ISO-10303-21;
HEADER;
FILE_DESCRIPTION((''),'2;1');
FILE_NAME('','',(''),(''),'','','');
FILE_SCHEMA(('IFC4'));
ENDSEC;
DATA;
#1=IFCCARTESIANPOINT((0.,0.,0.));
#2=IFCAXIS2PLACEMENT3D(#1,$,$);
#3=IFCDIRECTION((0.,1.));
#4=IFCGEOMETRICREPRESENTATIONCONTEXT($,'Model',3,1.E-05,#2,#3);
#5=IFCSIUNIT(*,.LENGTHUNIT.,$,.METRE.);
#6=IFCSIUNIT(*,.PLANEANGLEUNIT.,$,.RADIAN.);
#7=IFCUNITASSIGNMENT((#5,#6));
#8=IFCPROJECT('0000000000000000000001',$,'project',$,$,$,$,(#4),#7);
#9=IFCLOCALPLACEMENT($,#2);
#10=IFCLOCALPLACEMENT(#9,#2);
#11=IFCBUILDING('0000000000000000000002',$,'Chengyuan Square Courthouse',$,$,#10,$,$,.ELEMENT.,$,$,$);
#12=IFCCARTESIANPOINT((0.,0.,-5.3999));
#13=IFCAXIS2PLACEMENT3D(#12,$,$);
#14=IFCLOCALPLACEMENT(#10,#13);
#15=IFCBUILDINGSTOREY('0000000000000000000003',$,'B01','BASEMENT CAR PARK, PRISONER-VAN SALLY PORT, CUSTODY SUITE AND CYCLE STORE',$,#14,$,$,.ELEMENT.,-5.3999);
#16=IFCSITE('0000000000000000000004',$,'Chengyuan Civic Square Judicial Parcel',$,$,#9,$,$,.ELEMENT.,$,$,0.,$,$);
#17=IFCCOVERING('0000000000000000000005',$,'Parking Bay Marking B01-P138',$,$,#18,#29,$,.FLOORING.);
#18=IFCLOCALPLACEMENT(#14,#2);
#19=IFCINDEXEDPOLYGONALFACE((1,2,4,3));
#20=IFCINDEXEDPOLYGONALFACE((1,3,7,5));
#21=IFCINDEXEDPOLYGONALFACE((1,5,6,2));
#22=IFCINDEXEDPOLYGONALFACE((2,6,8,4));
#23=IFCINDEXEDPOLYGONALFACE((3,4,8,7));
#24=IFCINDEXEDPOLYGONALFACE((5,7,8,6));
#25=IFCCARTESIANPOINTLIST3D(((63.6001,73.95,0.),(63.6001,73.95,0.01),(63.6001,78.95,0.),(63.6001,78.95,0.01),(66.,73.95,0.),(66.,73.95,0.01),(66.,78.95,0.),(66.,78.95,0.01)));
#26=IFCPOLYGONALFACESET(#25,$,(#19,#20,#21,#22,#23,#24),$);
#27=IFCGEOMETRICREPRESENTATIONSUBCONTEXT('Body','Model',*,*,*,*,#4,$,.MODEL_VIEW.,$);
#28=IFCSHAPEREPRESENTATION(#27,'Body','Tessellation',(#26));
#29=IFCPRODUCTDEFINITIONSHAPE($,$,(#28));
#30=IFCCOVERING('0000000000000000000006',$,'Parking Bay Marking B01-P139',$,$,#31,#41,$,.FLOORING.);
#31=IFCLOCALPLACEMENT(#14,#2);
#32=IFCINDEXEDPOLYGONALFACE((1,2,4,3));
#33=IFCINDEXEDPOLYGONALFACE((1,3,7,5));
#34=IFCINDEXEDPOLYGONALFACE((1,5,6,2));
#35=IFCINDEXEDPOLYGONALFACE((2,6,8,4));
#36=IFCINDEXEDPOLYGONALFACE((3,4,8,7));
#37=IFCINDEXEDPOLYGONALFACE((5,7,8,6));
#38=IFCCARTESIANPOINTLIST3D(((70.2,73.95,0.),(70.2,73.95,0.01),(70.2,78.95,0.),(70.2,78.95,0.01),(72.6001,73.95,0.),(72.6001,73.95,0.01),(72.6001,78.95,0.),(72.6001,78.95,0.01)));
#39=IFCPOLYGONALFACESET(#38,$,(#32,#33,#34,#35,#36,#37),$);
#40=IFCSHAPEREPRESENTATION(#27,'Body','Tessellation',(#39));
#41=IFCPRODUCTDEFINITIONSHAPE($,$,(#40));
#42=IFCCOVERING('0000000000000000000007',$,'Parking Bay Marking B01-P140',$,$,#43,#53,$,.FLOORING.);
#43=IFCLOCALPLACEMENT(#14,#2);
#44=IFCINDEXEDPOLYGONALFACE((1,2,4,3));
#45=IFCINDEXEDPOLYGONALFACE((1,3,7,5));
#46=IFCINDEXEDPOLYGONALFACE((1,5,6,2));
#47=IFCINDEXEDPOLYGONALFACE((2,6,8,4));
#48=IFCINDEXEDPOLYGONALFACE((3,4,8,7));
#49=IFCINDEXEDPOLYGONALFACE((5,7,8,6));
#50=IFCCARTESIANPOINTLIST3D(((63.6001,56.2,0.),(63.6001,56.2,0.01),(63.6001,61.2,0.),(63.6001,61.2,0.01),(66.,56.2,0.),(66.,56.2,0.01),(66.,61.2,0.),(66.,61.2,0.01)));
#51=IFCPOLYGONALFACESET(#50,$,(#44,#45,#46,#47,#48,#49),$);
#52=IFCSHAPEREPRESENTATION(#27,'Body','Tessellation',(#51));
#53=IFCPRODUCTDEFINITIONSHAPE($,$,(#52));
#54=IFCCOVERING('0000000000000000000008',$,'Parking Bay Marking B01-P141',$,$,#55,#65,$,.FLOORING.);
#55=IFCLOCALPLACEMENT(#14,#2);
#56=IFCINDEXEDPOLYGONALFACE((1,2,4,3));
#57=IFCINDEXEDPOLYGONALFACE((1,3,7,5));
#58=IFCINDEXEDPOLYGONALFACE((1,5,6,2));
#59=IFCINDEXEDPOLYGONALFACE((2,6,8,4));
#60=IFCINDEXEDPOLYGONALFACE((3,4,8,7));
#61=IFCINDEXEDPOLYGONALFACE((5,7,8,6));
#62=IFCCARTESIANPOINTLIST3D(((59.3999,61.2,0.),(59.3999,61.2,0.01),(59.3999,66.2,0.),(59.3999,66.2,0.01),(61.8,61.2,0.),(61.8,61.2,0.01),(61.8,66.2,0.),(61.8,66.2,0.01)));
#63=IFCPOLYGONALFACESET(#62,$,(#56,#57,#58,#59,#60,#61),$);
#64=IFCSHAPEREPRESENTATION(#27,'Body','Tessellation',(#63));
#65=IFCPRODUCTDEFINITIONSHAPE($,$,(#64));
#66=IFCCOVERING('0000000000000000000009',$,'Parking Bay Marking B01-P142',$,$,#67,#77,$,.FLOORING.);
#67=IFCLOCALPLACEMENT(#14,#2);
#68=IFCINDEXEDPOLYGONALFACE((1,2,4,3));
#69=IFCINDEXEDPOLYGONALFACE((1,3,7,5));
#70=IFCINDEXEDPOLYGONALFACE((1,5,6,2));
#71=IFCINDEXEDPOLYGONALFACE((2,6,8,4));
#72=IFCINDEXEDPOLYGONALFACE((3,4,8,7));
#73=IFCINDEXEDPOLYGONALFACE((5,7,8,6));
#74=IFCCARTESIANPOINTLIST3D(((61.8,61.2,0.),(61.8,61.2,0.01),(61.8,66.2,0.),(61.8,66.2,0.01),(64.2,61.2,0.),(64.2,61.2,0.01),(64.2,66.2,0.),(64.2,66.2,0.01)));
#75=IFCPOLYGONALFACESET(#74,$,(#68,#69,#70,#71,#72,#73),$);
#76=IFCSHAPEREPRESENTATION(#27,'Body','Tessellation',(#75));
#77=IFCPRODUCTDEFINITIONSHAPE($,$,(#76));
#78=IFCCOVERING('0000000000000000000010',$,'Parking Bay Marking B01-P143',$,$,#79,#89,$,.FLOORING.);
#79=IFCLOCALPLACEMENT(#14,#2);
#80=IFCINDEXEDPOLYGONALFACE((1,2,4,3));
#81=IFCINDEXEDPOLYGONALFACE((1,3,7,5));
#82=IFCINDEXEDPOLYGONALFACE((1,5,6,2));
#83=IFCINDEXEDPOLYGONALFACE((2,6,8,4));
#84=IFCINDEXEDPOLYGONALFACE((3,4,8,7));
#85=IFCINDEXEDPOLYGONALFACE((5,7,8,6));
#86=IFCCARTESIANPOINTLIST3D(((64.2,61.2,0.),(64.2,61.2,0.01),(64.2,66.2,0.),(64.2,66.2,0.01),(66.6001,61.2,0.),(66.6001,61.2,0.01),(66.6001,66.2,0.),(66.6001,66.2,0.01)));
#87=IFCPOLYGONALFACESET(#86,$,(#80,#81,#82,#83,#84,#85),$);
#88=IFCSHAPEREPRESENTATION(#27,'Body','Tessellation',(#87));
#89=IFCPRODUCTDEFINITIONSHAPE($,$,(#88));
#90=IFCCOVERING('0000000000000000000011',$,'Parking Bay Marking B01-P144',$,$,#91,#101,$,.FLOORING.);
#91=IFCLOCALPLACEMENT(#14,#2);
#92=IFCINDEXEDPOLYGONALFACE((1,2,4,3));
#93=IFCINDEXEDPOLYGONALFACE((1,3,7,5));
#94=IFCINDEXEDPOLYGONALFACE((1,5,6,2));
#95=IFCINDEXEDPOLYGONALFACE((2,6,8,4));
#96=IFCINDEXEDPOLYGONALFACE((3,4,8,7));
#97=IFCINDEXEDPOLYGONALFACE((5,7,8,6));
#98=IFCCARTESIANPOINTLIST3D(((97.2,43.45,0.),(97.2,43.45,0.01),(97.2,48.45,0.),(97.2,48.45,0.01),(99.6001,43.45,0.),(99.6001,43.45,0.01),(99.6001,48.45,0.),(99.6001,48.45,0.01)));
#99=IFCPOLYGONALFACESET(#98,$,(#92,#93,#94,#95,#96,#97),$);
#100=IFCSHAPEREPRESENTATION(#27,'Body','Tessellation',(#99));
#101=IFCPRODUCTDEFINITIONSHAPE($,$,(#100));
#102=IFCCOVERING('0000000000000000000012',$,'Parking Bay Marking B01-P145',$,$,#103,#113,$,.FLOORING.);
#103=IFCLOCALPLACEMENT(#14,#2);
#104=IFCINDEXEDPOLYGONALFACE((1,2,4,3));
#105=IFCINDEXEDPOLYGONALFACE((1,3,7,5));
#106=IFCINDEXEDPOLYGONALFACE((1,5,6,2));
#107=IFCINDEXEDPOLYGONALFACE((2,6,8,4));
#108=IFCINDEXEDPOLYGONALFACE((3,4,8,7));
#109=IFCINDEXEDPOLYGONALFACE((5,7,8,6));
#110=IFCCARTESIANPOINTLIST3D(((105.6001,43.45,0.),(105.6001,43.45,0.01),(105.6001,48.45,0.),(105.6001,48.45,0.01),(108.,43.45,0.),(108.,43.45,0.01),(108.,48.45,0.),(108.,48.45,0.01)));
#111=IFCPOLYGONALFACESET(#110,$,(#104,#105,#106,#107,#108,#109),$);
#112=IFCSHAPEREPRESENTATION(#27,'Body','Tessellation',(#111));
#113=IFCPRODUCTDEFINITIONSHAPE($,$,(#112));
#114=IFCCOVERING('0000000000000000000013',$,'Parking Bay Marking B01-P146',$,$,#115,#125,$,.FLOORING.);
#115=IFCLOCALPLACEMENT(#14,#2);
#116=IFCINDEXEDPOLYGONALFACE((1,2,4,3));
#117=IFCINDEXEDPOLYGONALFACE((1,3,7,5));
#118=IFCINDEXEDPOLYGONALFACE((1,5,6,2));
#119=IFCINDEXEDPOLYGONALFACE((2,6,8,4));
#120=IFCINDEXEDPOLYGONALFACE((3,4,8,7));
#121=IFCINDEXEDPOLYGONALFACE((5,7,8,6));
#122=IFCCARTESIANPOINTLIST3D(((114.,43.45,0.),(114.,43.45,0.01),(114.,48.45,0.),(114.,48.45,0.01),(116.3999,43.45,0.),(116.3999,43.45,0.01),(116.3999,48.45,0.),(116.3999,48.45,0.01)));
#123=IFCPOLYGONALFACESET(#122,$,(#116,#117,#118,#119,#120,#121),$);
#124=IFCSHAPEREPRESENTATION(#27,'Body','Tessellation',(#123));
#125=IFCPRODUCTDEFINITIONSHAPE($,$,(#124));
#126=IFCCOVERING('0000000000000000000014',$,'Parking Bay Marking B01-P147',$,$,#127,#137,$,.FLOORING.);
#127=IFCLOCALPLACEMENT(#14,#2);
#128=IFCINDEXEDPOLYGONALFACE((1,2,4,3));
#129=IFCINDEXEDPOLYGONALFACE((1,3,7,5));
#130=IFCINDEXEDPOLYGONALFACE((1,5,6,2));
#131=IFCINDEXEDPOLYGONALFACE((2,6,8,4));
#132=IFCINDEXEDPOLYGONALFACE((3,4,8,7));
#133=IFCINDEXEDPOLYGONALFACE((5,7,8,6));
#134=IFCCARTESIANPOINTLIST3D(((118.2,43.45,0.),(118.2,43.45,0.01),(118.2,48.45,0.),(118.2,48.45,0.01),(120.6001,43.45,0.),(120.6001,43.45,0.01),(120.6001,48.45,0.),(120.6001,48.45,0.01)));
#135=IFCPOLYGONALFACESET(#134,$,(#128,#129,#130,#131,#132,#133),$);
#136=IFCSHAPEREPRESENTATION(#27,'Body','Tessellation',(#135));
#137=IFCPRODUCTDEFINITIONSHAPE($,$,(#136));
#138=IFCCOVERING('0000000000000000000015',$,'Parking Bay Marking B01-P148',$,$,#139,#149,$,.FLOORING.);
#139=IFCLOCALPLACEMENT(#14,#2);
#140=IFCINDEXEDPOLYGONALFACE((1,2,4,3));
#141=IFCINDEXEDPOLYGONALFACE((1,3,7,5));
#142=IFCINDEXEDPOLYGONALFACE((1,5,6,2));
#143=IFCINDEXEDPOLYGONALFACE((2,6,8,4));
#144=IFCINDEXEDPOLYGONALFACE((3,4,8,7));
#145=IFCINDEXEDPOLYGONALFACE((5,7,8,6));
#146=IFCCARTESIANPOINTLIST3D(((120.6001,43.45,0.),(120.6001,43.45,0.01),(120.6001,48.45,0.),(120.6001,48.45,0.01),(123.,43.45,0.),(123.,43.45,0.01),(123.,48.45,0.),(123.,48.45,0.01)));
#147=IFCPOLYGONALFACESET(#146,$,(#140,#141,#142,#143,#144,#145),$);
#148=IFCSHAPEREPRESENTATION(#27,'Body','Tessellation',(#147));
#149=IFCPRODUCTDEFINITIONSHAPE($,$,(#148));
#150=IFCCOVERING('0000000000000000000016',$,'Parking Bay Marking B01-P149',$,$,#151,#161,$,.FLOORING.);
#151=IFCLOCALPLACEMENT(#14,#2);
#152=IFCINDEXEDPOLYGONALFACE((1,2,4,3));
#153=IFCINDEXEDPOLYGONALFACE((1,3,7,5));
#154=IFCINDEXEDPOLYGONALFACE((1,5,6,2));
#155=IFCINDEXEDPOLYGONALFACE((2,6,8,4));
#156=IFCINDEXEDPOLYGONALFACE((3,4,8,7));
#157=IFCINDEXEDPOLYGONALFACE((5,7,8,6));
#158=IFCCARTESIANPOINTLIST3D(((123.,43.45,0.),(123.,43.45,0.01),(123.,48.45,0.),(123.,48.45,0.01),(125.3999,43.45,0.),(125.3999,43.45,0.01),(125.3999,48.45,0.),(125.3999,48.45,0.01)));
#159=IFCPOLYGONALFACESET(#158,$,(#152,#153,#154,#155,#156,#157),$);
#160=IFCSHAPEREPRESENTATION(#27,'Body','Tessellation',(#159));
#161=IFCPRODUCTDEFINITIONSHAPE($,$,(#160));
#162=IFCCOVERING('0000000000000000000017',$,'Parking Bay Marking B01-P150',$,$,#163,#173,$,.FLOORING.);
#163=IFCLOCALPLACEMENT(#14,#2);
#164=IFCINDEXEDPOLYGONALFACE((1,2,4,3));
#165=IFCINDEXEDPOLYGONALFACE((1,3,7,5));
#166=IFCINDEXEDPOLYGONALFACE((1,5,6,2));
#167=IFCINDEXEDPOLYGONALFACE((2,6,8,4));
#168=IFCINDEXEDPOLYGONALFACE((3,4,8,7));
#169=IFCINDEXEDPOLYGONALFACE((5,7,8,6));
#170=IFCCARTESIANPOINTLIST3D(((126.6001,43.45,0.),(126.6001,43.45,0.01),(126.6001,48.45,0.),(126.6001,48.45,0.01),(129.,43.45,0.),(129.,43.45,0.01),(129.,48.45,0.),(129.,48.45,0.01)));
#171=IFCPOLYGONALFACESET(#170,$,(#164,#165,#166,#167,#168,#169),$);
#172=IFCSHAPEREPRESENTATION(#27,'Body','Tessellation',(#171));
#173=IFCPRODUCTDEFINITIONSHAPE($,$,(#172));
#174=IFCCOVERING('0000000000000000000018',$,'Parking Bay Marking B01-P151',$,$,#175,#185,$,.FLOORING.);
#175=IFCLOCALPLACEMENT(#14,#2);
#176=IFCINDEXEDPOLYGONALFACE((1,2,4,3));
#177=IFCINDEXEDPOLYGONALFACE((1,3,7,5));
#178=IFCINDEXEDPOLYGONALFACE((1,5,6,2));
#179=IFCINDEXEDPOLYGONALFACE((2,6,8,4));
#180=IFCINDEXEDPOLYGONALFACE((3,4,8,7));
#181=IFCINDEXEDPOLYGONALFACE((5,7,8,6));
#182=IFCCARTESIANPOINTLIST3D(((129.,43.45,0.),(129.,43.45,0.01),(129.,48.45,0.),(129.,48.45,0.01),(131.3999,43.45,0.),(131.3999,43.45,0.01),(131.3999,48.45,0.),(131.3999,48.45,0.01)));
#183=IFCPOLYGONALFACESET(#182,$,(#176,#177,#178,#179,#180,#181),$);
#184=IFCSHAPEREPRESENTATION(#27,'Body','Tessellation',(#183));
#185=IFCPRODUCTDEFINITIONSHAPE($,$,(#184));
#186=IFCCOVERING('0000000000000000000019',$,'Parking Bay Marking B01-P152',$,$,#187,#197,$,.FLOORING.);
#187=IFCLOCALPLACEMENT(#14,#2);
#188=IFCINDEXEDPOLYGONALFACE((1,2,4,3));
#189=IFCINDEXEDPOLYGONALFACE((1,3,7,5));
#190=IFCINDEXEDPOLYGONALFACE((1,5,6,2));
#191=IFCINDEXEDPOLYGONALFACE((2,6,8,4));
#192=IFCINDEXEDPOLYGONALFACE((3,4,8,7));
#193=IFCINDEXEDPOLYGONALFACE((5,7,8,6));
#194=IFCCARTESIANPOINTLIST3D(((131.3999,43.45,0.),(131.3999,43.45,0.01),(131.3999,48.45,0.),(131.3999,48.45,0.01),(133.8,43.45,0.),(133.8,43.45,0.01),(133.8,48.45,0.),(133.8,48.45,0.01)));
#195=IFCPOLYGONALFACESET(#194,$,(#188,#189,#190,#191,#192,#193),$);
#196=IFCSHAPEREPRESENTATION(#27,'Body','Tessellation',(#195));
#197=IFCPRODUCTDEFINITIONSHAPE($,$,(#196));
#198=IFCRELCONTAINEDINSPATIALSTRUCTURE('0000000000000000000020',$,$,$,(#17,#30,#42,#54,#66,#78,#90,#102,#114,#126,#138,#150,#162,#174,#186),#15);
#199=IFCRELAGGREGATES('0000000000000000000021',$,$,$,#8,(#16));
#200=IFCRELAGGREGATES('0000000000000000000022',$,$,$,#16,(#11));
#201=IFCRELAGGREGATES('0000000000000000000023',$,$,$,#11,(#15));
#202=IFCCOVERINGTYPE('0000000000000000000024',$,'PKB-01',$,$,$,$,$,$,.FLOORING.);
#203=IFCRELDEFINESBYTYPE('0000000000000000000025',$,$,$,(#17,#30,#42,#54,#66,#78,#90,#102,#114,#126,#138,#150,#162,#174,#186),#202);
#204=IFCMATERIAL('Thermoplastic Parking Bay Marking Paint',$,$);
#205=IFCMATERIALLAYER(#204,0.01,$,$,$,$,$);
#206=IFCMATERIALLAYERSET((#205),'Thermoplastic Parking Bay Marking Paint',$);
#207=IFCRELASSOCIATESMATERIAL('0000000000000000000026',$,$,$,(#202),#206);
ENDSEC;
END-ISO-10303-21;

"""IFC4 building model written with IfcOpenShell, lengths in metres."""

from ifc_helpers import new_model, si_unit, direction, frame, origin, place, context, subcontext, project, spatial, polyline, outline, extrude, material, layer, layer_set, type_object, element, save


model = new_model("IFC4")

# Units and contexts
model_context = context("Model", 3, precision=1e-05, world=origin(), true_north=direction((0.0, 1.0)))
body_context = subcontext(model_context, "Body", "Model", "MODEL_VIEW")
ifc_project = project(units=[si_unit("LENGTHUNIT", "METRE"), si_unit("PLANEANGLEUNIT", "RADIAN")], contexts=[model_context])

# Site, building, storey
site_placement = place(None, origin())
site = spatial("IfcSite", under=ifc_project, at=site_placement, Name="Chengyuan Civic Square Judicial Parcel", CompositionType="ELEMENT", RefElevation=0.0)
building_placement = place(site_placement, origin())
building = spatial("IfcBuilding", under=site, at=building_placement, Name="Chengyuan Square Courthouse", CompositionType="ELEMENT")
storey_placement = place(building_placement, frame((0.0, 0.0, -5.3999)))
storey = spatial("IfcBuildingStorey", under=building, at=storey_placement, Name="B01", Description="BASEMENT CAR PARK, PRISONER-VAN SALLY PORT, CUSTODY SUITE AND CYCLE STORE", CompositionType="ELEMENT", Elevation=-5.3999)

# Coverings
ifc_material_1 = material(Name="Thermoplastic Parking Bay Marking Paint")
ifc_layer_1 = layer(ifc_material_1, 0.01)
ifc_layer_set_1 = layer_set([ifc_layer_1], Name="Thermoplastic Parking Bay Marking Paint")
covering_type_1 = type_object("IfcCoveringType", Name="PKB-01", PredefinedType="FLOORING", material=ifc_layer_set_1)
covering_1_placement = place(storey_placement, origin())
element("IfcCovering", 1, at=covering_1_placement, inside=storey, type_object=covering_type_1, Name="Parking Bay Marking B01-P138", PredefinedType="FLOORING", context=body_context, shape_type="SweptSolid", body=[
    extrude(outline(polyline([(63.6001, 73.95), (66.0, 73.95), (66.0, 78.95), (63.6001, 78.95), (63.6001, 73.95)])), origin(), (0.0, 0.0, 1.0), 0.01),
])
covering_2_placement = place(storey_placement, origin())
element("IfcCovering", 2, at=covering_2_placement, inside=storey, type_object=covering_type_1, Name="Parking Bay Marking B01-P139", PredefinedType="FLOORING", context=body_context, shape_type="SweptSolid", body=[
    extrude(outline(polyline([(70.2, 73.95), (72.6001, 73.95), (72.6001, 78.95), (70.2, 78.95), (70.2, 73.95)])), origin(), (0.0, 0.0, 1.0), 0.01),
])
covering_3_placement = place(storey_placement, origin())
element("IfcCovering", 3, at=covering_3_placement, inside=storey, type_object=covering_type_1, Name="Parking Bay Marking B01-P140", PredefinedType="FLOORING", context=body_context, shape_type="SweptSolid", body=[
    extrude(outline(polyline([(63.6001, 56.2), (66.0, 56.2), (66.0, 61.2), (63.6001, 61.2), (63.6001, 56.2)])), origin(), (0.0, 0.0, 1.0), 0.01),
])
covering_4_placement = place(storey_placement, origin())
element("IfcCovering", 4, at=covering_4_placement, inside=storey, type_object=covering_type_1, Name="Parking Bay Marking B01-P141", PredefinedType="FLOORING", context=body_context, shape_type="SweptSolid", body=[
    extrude(outline(polyline([(59.3999, 61.2), (61.8, 61.2), (61.8, 66.2), (59.3999, 66.2), (59.3999, 61.2)])), origin(), (0.0, 0.0, 1.0), 0.01),
])
covering_5_placement = place(storey_placement, origin())
element("IfcCovering", 5, at=covering_5_placement, inside=storey, type_object=covering_type_1, Name="Parking Bay Marking B01-P142", PredefinedType="FLOORING", context=body_context, shape_type="SweptSolid", body=[
    extrude(outline(polyline([(61.8, 61.2), (64.2, 61.2), (64.2, 66.2), (61.8, 66.2), (61.8, 61.2)])), origin(), (0.0, 0.0, 1.0), 0.01),
])
covering_6_placement = place(storey_placement, origin())
element("IfcCovering", 6, at=covering_6_placement, inside=storey, type_object=covering_type_1, Name="Parking Bay Marking B01-P143", PredefinedType="FLOORING", context=body_context, shape_type="SweptSolid", body=[
    extrude(outline(polyline([(64.2, 61.2), (66.6001, 61.2), (66.6001, 66.2), (64.2, 66.2), (64.2, 61.2)])), origin(), (0.0, 0.0, 1.0), 0.01),
])
covering_7_placement = place(storey_placement, origin())
element("IfcCovering", 7, at=covering_7_placement, inside=storey, type_object=covering_type_1, Name="Parking Bay Marking B01-P144", PredefinedType="FLOORING", context=body_context, shape_type="SweptSolid", body=[
    extrude(outline(polyline([(97.2, 43.45), (99.6001, 43.45), (99.6001, 48.45), (97.2, 48.45), (97.2, 43.45)])), origin(), (0.0, 0.0, 1.0), 0.01),
])
covering_8_placement = place(storey_placement, origin())
element("IfcCovering", 8, at=covering_8_placement, inside=storey, type_object=covering_type_1, Name="Parking Bay Marking B01-P145", PredefinedType="FLOORING", context=body_context, shape_type="SweptSolid", body=[
    extrude(outline(polyline([(105.6001, 43.45), (108.0, 43.45), (108.0, 48.45), (105.6001, 48.45), (105.6001, 43.45)])), origin(), (0.0, 0.0, 1.0), 0.01),
])
covering_9_placement = place(storey_placement, origin())
element("IfcCovering", 9, at=covering_9_placement, inside=storey, type_object=covering_type_1, Name="Parking Bay Marking B01-P146", PredefinedType="FLOORING", context=body_context, shape_type="SweptSolid", body=[
    extrude(outline(polyline([(114.0, 43.45), (116.3999, 43.45), (116.3999, 48.45), (114.0, 48.45), (114.0, 43.45)])), origin(), (0.0, 0.0, 1.0), 0.01),
])
covering_10_placement = place(storey_placement, origin())
element("IfcCovering", 10, at=covering_10_placement, inside=storey, type_object=covering_type_1, Name="Parking Bay Marking B01-P147", PredefinedType="FLOORING", context=body_context, shape_type="SweptSolid", body=[
    extrude(outline(polyline([(118.2, 43.45), (120.6001, 43.45), (120.6001, 48.45), (118.2, 48.45), (118.2, 43.45)])), origin(), (0.0, 0.0, 1.0), 0.01),
])
covering_11_placement = place(storey_placement, origin())
element("IfcCovering", 11, at=covering_11_placement, inside=storey, type_object=covering_type_1, Name="Parking Bay Marking B01-P148", PredefinedType="FLOORING", context=body_context, shape_type="SweptSolid", body=[
    extrude(outline(polyline([(120.6001, 43.45), (123.0, 43.45), (123.0, 48.45), (120.6001, 48.45), (120.6001, 43.45)])), origin(), (0.0, 0.0, 1.0), 0.01),
])
covering_12_placement = place(storey_placement, origin())
element("IfcCovering", 12, at=covering_12_placement, inside=storey, type_object=covering_type_1, Name="Parking Bay Marking B01-P149", PredefinedType="FLOORING", context=body_context, shape_type="SweptSolid", body=[
    extrude(outline(polyline([(123.0, 43.45), (125.3999, 43.45), (125.3999, 48.45), (123.0, 48.45), (123.0, 43.45)])), origin(), (0.0, 0.0, 1.0), 0.01),
])
covering_13_placement = place(storey_placement, origin())
element("IfcCovering", 13, at=covering_13_placement, inside=storey, type_object=covering_type_1, Name="Parking Bay Marking B01-P150", PredefinedType="FLOORING", context=body_context, shape_type="SweptSolid", body=[
    extrude(outline(polyline([(126.6001, 43.45), (129.0, 43.45), (129.0, 48.45), (126.6001, 48.45), (126.6001, 43.45)])), origin(), (0.0, 0.0, 1.0), 0.01),
])
covering_14_placement = place(storey_placement, origin())
element("IfcCovering", 14, at=covering_14_placement, inside=storey, type_object=covering_type_1, Name="Parking Bay Marking B01-P151", PredefinedType="FLOORING", context=body_context, shape_type="SweptSolid", body=[
    extrude(outline(polyline([(129.0, 43.45), (131.3999, 43.45), (131.3999, 48.45), (129.0, 48.45), (129.0, 43.45)])), origin(), (0.0, 0.0, 1.0), 0.01),
])
covering_15_placement = place(storey_placement, origin())
element("IfcCovering", 15, at=covering_15_placement, inside=storey, type_object=covering_type_1, Name="Parking Bay Marking B01-P152", PredefinedType="FLOORING", context=body_context, shape_type="SweptSolid", body=[
    extrude(outline(polyline([(131.3999, 43.45), (133.8, 43.45), (133.8, 48.45), (131.3999, 48.45), (131.3999, 43.45)])), origin(), (0.0, 0.0, 1.0), 0.01),
])

save(model, "model.ifc")
